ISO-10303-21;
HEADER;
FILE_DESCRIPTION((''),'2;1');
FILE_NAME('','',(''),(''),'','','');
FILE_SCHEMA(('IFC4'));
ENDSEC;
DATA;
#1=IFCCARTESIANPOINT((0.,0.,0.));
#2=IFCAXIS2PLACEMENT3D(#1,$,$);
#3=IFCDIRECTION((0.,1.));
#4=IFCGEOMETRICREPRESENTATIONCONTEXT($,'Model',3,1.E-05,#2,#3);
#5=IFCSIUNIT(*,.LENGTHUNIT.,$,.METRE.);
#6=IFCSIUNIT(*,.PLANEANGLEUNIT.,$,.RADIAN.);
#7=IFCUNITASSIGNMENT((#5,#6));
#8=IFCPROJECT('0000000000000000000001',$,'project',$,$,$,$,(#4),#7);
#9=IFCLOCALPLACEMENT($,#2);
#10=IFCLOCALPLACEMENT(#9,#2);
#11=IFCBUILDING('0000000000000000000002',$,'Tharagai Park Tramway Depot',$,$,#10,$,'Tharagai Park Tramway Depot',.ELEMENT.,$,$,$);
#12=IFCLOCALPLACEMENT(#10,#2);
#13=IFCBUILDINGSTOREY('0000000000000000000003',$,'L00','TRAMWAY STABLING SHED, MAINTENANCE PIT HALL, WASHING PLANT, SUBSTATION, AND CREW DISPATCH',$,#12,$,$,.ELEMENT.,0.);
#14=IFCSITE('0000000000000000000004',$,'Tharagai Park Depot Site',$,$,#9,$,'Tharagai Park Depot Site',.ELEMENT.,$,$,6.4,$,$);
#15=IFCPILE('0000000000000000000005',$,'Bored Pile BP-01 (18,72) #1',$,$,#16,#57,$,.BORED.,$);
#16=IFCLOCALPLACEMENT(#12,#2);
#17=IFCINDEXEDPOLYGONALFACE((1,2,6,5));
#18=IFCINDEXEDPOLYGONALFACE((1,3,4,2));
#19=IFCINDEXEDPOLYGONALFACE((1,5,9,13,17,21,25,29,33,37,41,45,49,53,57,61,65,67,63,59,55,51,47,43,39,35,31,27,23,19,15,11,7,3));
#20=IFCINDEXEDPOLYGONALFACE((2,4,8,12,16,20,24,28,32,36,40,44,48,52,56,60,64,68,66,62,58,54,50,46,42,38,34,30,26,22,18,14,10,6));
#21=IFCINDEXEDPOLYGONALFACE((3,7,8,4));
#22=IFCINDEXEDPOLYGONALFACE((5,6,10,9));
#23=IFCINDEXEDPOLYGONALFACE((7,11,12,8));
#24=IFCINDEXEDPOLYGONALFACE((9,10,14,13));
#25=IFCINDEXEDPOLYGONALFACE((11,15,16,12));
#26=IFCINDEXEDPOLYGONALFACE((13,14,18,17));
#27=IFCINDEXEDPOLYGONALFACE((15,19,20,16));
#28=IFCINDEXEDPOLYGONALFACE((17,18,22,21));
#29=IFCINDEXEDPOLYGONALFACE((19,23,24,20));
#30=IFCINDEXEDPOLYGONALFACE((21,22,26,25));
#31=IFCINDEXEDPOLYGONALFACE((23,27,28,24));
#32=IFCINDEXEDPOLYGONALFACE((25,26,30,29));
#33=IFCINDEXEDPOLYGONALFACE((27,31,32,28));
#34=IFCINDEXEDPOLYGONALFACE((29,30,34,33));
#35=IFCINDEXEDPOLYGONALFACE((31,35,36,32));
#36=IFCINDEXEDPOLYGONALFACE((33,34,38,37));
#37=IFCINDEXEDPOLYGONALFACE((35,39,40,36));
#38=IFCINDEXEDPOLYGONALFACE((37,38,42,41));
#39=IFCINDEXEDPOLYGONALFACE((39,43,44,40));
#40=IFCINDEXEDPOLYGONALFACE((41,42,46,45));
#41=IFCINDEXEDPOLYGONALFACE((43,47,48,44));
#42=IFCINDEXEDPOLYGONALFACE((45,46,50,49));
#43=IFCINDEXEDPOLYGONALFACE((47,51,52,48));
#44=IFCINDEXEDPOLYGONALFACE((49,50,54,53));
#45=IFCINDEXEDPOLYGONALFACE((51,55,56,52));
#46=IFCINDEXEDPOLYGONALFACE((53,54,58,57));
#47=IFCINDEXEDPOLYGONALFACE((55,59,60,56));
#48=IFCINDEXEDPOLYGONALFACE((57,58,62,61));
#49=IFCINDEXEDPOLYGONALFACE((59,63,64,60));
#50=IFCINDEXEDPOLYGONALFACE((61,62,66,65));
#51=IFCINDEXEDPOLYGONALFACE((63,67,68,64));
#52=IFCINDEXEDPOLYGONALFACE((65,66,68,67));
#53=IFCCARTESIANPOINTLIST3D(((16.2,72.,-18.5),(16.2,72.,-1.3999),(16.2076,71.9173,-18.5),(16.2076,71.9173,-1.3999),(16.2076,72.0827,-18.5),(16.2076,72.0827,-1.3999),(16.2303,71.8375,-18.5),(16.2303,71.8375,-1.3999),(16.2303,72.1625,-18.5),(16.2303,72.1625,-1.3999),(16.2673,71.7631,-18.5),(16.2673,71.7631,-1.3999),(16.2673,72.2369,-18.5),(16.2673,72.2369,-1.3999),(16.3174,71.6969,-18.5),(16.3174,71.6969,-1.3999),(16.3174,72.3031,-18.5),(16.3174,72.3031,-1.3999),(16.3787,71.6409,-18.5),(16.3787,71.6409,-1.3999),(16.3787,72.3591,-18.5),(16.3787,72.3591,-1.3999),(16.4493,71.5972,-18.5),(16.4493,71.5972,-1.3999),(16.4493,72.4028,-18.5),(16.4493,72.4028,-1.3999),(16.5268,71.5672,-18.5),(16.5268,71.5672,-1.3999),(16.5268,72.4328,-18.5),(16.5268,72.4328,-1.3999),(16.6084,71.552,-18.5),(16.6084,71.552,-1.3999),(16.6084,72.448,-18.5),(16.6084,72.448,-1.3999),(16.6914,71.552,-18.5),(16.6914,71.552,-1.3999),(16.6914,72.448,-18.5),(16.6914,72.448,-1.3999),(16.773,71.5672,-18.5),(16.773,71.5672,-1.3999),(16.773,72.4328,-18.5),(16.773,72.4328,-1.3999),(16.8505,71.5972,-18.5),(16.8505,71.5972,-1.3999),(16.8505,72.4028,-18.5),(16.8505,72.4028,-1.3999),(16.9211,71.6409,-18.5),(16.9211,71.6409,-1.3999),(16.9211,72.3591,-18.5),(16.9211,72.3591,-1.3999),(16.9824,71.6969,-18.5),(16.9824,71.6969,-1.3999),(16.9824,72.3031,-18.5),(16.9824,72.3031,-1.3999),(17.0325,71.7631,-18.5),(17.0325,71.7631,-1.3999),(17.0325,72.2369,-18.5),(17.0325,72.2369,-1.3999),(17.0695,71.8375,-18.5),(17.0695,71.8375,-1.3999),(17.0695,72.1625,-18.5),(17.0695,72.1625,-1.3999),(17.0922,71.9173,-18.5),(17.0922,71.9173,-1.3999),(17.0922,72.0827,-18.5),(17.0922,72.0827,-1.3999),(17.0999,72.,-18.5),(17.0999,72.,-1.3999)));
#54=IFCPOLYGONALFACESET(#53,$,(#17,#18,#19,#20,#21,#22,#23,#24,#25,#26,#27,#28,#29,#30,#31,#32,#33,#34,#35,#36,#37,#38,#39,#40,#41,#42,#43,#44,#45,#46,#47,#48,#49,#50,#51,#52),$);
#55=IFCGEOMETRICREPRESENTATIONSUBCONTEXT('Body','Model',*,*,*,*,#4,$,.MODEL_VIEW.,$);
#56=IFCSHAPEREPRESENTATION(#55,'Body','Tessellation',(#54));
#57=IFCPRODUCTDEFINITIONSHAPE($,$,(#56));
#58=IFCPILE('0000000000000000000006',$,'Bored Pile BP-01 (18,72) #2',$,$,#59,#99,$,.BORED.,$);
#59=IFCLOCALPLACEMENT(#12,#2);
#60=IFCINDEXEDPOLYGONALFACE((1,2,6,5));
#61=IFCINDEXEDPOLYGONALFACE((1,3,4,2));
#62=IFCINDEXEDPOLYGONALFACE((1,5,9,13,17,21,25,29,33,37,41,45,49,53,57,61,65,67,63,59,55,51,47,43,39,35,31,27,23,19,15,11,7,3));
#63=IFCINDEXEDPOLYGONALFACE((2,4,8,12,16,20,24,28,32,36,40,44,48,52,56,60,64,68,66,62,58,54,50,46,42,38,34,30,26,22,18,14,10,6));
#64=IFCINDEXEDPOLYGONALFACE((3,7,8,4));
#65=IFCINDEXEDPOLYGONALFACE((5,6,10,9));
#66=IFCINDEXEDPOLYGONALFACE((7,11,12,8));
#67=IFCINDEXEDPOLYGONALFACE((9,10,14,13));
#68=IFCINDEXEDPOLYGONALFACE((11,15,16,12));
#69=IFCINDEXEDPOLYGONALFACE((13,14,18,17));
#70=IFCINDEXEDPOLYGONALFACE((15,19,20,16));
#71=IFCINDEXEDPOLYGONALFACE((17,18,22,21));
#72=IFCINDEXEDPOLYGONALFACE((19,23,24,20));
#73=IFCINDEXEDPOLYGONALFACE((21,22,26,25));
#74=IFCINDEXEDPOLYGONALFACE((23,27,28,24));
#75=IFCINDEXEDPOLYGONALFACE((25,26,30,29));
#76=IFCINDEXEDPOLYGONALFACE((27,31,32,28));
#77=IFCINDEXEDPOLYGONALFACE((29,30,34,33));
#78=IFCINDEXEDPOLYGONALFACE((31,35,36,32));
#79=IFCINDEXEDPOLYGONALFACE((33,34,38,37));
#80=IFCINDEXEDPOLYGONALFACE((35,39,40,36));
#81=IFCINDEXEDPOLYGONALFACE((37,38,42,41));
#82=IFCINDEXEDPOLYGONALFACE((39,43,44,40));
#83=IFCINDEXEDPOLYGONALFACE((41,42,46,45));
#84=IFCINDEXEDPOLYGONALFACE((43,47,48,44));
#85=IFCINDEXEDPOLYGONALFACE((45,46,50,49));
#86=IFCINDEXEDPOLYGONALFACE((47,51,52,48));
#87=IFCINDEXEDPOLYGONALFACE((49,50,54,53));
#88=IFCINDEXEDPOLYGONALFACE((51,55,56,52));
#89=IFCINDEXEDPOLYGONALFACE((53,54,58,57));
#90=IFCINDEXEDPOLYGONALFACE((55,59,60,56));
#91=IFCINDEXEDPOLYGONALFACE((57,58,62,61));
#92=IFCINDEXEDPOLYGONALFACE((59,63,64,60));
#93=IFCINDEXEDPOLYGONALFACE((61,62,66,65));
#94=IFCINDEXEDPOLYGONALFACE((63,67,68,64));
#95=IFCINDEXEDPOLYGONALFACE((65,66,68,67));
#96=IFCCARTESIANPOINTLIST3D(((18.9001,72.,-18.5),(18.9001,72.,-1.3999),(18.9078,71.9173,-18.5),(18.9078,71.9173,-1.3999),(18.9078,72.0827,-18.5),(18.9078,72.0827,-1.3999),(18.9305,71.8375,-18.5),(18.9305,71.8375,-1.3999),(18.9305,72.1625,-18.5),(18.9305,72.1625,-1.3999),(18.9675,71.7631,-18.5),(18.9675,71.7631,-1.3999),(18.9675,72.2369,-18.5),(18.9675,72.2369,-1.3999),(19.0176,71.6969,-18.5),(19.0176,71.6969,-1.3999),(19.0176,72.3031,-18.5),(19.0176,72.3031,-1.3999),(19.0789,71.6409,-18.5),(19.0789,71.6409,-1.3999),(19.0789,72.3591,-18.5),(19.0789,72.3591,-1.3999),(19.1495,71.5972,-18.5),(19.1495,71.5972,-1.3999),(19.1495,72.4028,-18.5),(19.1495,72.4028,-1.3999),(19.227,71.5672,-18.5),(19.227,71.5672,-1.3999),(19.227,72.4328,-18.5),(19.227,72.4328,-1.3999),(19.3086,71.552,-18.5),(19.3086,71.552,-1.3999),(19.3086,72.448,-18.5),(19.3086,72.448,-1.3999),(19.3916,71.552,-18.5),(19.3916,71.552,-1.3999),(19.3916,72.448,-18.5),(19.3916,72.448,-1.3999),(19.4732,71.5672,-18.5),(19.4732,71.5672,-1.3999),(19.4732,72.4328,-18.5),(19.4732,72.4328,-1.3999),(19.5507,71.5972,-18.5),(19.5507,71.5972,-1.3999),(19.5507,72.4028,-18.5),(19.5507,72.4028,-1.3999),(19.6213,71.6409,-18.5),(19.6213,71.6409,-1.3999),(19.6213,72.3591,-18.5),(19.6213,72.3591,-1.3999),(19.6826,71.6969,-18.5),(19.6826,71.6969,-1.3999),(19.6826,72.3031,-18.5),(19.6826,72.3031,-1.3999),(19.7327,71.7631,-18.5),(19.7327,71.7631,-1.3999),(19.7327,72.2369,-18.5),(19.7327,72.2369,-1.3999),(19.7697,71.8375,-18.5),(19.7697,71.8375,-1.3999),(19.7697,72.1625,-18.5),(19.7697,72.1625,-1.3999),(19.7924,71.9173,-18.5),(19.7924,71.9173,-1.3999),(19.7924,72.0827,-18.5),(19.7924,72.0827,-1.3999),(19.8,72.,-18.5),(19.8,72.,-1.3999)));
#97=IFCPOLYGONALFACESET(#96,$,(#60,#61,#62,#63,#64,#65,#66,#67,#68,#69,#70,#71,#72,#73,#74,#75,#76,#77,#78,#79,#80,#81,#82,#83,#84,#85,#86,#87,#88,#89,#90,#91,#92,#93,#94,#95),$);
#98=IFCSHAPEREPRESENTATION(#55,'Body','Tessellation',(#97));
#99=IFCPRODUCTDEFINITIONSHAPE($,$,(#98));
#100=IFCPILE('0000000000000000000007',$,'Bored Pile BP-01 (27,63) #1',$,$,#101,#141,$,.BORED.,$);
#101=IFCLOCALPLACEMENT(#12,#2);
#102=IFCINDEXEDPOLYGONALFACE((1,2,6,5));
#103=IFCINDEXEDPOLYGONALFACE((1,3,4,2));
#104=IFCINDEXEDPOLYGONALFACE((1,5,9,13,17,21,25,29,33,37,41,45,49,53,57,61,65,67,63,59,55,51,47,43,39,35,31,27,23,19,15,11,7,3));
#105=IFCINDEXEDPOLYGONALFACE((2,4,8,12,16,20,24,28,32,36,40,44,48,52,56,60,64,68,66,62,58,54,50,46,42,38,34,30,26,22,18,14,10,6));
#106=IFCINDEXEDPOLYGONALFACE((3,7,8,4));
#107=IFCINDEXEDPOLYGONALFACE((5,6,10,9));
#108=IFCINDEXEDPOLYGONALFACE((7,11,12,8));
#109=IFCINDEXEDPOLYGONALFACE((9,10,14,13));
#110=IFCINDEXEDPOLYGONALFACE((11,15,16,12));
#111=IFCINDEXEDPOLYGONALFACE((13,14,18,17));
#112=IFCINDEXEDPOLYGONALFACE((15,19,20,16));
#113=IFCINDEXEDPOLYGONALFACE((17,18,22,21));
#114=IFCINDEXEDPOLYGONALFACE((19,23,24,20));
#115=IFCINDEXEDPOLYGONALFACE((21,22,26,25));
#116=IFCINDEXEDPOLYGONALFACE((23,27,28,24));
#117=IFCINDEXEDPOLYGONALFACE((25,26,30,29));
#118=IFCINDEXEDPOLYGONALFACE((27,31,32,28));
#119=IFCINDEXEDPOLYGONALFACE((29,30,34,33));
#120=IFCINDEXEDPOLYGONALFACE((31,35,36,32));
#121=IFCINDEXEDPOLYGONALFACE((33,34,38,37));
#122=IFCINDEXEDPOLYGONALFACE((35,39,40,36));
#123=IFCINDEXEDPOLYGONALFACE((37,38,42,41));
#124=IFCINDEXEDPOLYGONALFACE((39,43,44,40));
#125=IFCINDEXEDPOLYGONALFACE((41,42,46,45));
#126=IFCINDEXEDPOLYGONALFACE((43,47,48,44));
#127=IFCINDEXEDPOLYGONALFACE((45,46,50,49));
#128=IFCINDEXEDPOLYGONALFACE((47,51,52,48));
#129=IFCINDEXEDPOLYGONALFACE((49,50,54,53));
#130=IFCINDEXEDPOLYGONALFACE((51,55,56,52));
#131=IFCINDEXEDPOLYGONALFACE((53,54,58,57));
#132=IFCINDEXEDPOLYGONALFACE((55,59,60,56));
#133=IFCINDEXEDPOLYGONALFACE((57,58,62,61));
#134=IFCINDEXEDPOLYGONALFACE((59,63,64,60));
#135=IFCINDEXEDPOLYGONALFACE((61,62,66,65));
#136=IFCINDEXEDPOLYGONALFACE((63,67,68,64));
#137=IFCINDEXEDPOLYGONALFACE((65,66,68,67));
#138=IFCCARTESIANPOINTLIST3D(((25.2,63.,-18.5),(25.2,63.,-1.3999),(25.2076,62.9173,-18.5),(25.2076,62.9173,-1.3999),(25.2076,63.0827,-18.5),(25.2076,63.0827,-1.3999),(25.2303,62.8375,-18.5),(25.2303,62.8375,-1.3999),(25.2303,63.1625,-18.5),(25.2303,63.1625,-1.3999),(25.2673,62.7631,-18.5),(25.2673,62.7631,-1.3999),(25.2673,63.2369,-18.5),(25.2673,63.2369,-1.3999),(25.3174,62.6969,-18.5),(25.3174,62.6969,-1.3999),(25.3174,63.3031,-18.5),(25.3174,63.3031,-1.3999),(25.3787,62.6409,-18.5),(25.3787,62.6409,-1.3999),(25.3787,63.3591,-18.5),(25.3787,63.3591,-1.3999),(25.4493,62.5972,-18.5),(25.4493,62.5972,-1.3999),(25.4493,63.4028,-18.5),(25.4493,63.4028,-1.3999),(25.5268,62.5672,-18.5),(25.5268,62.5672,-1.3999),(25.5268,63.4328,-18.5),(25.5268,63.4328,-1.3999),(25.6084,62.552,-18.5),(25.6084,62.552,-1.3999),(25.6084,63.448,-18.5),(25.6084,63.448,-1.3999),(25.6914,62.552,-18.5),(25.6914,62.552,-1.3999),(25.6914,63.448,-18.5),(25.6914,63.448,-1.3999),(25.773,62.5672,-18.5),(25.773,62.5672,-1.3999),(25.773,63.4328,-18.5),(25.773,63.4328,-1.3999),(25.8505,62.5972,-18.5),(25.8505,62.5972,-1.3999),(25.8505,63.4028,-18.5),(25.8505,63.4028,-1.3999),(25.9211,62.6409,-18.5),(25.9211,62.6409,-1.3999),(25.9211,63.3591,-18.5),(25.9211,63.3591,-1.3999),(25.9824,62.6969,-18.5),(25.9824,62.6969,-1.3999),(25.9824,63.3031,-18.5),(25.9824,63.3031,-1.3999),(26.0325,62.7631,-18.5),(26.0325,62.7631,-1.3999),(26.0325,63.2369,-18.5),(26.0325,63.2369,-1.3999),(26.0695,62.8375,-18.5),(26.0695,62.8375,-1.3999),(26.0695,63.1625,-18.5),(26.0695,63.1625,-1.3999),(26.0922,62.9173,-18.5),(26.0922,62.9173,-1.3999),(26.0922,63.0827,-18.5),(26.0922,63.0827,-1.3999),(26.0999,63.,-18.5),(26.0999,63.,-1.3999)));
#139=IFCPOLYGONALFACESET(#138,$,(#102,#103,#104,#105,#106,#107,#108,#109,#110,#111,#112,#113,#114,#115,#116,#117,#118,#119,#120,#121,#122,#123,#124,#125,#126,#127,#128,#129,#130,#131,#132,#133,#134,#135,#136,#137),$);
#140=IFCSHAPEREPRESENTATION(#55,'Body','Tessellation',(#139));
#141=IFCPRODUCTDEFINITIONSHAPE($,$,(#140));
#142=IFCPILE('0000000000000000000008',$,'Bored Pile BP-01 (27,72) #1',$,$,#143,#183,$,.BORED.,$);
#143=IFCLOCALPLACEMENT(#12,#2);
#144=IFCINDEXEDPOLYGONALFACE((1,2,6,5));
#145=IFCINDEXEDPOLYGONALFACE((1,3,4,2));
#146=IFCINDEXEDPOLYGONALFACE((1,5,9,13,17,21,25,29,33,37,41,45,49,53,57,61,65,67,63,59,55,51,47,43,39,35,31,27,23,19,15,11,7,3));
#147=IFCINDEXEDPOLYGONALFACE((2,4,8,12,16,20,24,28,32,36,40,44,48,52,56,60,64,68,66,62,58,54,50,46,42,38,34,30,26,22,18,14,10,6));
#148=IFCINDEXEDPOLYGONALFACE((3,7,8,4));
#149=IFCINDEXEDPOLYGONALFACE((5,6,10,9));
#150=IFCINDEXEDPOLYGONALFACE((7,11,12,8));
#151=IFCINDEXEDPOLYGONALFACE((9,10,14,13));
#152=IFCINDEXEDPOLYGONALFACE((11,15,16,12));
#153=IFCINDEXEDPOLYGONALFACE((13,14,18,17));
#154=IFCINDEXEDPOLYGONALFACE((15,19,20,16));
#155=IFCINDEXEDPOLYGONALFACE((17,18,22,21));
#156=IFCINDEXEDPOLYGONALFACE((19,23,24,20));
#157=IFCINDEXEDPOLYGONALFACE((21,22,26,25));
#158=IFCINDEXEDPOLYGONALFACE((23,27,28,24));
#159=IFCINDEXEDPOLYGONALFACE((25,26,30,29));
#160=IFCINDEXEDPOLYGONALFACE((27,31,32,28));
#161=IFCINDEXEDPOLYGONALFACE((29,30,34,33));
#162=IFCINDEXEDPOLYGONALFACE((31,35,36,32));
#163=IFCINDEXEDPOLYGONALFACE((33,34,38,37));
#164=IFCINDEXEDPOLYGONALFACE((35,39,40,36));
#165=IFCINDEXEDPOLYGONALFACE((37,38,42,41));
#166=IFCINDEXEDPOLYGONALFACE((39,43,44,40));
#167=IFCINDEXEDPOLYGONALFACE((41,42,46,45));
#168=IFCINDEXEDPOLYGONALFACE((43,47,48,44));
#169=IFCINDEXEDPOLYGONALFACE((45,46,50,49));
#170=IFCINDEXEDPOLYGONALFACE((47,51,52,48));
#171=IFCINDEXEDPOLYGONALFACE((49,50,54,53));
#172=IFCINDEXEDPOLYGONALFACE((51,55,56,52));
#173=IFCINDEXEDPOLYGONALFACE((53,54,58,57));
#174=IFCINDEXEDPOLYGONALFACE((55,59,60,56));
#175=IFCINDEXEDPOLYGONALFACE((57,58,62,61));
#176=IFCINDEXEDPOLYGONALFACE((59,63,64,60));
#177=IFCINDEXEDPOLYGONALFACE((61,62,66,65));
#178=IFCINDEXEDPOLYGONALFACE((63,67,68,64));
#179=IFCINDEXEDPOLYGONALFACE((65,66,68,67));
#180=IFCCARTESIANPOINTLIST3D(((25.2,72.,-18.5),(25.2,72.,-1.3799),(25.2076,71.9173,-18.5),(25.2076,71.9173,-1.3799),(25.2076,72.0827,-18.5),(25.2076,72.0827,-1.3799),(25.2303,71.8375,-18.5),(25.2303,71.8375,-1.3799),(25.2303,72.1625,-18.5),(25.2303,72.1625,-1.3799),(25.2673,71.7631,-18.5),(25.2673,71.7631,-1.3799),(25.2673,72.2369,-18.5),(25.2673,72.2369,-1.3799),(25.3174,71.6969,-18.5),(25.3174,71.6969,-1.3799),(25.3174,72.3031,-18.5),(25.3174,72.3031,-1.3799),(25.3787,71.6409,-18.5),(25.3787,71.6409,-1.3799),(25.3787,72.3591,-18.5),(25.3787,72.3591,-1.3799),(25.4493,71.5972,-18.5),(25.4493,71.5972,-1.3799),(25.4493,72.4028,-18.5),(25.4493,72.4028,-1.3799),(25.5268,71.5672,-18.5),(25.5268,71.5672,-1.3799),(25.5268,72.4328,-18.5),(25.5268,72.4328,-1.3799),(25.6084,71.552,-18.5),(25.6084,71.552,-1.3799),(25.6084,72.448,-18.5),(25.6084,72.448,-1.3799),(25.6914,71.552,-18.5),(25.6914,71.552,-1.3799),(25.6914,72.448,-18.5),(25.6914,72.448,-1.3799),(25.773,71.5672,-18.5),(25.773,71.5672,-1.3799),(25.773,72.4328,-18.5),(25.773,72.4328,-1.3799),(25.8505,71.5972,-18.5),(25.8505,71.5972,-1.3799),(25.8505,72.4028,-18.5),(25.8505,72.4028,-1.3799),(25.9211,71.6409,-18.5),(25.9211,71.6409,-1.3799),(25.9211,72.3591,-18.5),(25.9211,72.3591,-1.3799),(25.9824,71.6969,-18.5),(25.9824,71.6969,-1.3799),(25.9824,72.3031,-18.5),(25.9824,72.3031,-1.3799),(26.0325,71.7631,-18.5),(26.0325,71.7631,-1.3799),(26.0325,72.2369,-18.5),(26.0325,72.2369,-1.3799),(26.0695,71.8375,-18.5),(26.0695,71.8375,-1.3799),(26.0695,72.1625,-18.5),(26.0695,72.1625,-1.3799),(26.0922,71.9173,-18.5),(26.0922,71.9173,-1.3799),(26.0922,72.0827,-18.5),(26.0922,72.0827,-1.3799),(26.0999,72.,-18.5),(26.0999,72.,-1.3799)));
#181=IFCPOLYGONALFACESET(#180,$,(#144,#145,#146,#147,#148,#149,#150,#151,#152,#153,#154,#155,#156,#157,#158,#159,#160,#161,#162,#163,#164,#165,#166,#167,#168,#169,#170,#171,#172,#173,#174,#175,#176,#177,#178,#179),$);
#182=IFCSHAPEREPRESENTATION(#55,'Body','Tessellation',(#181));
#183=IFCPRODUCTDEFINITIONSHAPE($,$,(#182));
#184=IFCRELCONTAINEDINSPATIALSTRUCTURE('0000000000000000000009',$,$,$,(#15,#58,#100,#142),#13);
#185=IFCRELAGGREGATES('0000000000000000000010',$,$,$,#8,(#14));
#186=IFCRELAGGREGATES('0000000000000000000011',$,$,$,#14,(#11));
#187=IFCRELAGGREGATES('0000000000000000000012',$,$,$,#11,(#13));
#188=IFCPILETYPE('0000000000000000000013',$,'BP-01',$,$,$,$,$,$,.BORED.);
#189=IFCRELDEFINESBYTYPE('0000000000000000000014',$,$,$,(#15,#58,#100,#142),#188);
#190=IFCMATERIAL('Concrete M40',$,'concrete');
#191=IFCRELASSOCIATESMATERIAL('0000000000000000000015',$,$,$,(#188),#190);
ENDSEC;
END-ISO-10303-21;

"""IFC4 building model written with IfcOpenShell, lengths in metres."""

from ifc_helpers import new_model, si_unit, direction, frame, origin, origin_2d, place, context, subcontext, project, spatial, circle, extrude, material, material_profile, profile_set, type_object, element, save


model = new_model("IFC4")

# Units and contexts
model_context = context("Model", 3, precision=1e-05, world=origin(), true_north=direction((0.0, 1.0)))
body_context = subcontext(model_context, "Body", "Model", "MODEL_VIEW")
ifc_project = project(units=[si_unit("LENGTHUNIT", "METRE"), si_unit("PLANEANGLEUNIT", "RADIAN")], contexts=[model_context])

# Site, building, storey
site_placement = place(None, origin())
site = spatial("IfcSite", under=ifc_project, at=site_placement, Name="Tharagai Park Depot Site", LongName="Tharagai Park Depot Site", CompositionType="ELEMENT", RefElevation=6.4)
building_placement = place(site_placement, origin())
building = spatial("IfcBuilding", under=site, at=building_placement, Name="Tharagai Park Tramway Depot", LongName="Tharagai Park Tramway Depot", CompositionType="ELEMENT")
storey_placement = place(building_placement, origin())
storey = spatial("IfcBuildingStorey", under=building, at=storey_placement, Name="L00", Description="TRAMWAY STABLING SHED, MAINTENANCE PIT HALL, WASHING PLANT, SUBSTATION, AND CREW DISPATCH", CompositionType="ELEMENT", Elevation=0.0)

# Piles
ifc_material_1 = material(Name="Concrete M40", Category="concrete")
ifc_material_profile_1 = material_profile(ifc_material_1, circle(Radius=0.45, at=origin_2d()), Name="PILE D900")
ifc_profile_set_1 = profile_set([ifc_material_profile_1], Name="Concrete M40")
pile_type_1 = type_object("IfcPileType", Name="BP-01", PredefinedType="BORED", material=ifc_profile_set_1)
for number, where, z_axis, x_axis, name in (
    (1, (16.6499, 72.0, -1.3999), (0.0, 0.0, -1.0), (1.0, 0.0, 0.0), "Bored Pile BP-01 (18,72) #1"),
    (2, (19.3501, 72.0, -1.3999), (0.0, 0.0, -1.0), (1.0, 0.0, 0.0), "Bored Pile BP-01 (18,72) #2"),
    (3, (25.6499, 63.0, -1.3999), (0.0, 0.0, -1.0), (1.0, 0.0, 0.0), "Bored Pile BP-01 (27,63) #1"),
):
    element("IfcPile", number, at=place(storey_placement, frame(where, z_axis=z_axis, x_axis=x_axis)), inside=storey, type_object=pile_type_1, Name=name, PredefinedType="BORED", context=body_context, shape_type="SweptSolid", body=[
        extrude(circle(Radius=0.45, at=origin_2d()), origin(), (0.0, 0.0, 1.0), 17.1001),
    ])
pile_1_placement = place(storey_placement, frame((25.6499, 72.0, -1.3799), z_axis=(0.0, 0.0, -1.0), x_axis=(1.0, 0.0, 0.0)))
element("IfcPile", 4, at=pile_1_placement, inside=storey, type_object=pile_type_1, Name="Bored Pile BP-01 (27,72) #1", PredefinedType="BORED", context=body_context, shape_type="SweptSolid", body=[
    extrude(circle(Radius=0.45, at=origin_2d()), origin(), (0.0, 0.0, 1.0), 17.1201),
])

save(model, "model.ifc")
